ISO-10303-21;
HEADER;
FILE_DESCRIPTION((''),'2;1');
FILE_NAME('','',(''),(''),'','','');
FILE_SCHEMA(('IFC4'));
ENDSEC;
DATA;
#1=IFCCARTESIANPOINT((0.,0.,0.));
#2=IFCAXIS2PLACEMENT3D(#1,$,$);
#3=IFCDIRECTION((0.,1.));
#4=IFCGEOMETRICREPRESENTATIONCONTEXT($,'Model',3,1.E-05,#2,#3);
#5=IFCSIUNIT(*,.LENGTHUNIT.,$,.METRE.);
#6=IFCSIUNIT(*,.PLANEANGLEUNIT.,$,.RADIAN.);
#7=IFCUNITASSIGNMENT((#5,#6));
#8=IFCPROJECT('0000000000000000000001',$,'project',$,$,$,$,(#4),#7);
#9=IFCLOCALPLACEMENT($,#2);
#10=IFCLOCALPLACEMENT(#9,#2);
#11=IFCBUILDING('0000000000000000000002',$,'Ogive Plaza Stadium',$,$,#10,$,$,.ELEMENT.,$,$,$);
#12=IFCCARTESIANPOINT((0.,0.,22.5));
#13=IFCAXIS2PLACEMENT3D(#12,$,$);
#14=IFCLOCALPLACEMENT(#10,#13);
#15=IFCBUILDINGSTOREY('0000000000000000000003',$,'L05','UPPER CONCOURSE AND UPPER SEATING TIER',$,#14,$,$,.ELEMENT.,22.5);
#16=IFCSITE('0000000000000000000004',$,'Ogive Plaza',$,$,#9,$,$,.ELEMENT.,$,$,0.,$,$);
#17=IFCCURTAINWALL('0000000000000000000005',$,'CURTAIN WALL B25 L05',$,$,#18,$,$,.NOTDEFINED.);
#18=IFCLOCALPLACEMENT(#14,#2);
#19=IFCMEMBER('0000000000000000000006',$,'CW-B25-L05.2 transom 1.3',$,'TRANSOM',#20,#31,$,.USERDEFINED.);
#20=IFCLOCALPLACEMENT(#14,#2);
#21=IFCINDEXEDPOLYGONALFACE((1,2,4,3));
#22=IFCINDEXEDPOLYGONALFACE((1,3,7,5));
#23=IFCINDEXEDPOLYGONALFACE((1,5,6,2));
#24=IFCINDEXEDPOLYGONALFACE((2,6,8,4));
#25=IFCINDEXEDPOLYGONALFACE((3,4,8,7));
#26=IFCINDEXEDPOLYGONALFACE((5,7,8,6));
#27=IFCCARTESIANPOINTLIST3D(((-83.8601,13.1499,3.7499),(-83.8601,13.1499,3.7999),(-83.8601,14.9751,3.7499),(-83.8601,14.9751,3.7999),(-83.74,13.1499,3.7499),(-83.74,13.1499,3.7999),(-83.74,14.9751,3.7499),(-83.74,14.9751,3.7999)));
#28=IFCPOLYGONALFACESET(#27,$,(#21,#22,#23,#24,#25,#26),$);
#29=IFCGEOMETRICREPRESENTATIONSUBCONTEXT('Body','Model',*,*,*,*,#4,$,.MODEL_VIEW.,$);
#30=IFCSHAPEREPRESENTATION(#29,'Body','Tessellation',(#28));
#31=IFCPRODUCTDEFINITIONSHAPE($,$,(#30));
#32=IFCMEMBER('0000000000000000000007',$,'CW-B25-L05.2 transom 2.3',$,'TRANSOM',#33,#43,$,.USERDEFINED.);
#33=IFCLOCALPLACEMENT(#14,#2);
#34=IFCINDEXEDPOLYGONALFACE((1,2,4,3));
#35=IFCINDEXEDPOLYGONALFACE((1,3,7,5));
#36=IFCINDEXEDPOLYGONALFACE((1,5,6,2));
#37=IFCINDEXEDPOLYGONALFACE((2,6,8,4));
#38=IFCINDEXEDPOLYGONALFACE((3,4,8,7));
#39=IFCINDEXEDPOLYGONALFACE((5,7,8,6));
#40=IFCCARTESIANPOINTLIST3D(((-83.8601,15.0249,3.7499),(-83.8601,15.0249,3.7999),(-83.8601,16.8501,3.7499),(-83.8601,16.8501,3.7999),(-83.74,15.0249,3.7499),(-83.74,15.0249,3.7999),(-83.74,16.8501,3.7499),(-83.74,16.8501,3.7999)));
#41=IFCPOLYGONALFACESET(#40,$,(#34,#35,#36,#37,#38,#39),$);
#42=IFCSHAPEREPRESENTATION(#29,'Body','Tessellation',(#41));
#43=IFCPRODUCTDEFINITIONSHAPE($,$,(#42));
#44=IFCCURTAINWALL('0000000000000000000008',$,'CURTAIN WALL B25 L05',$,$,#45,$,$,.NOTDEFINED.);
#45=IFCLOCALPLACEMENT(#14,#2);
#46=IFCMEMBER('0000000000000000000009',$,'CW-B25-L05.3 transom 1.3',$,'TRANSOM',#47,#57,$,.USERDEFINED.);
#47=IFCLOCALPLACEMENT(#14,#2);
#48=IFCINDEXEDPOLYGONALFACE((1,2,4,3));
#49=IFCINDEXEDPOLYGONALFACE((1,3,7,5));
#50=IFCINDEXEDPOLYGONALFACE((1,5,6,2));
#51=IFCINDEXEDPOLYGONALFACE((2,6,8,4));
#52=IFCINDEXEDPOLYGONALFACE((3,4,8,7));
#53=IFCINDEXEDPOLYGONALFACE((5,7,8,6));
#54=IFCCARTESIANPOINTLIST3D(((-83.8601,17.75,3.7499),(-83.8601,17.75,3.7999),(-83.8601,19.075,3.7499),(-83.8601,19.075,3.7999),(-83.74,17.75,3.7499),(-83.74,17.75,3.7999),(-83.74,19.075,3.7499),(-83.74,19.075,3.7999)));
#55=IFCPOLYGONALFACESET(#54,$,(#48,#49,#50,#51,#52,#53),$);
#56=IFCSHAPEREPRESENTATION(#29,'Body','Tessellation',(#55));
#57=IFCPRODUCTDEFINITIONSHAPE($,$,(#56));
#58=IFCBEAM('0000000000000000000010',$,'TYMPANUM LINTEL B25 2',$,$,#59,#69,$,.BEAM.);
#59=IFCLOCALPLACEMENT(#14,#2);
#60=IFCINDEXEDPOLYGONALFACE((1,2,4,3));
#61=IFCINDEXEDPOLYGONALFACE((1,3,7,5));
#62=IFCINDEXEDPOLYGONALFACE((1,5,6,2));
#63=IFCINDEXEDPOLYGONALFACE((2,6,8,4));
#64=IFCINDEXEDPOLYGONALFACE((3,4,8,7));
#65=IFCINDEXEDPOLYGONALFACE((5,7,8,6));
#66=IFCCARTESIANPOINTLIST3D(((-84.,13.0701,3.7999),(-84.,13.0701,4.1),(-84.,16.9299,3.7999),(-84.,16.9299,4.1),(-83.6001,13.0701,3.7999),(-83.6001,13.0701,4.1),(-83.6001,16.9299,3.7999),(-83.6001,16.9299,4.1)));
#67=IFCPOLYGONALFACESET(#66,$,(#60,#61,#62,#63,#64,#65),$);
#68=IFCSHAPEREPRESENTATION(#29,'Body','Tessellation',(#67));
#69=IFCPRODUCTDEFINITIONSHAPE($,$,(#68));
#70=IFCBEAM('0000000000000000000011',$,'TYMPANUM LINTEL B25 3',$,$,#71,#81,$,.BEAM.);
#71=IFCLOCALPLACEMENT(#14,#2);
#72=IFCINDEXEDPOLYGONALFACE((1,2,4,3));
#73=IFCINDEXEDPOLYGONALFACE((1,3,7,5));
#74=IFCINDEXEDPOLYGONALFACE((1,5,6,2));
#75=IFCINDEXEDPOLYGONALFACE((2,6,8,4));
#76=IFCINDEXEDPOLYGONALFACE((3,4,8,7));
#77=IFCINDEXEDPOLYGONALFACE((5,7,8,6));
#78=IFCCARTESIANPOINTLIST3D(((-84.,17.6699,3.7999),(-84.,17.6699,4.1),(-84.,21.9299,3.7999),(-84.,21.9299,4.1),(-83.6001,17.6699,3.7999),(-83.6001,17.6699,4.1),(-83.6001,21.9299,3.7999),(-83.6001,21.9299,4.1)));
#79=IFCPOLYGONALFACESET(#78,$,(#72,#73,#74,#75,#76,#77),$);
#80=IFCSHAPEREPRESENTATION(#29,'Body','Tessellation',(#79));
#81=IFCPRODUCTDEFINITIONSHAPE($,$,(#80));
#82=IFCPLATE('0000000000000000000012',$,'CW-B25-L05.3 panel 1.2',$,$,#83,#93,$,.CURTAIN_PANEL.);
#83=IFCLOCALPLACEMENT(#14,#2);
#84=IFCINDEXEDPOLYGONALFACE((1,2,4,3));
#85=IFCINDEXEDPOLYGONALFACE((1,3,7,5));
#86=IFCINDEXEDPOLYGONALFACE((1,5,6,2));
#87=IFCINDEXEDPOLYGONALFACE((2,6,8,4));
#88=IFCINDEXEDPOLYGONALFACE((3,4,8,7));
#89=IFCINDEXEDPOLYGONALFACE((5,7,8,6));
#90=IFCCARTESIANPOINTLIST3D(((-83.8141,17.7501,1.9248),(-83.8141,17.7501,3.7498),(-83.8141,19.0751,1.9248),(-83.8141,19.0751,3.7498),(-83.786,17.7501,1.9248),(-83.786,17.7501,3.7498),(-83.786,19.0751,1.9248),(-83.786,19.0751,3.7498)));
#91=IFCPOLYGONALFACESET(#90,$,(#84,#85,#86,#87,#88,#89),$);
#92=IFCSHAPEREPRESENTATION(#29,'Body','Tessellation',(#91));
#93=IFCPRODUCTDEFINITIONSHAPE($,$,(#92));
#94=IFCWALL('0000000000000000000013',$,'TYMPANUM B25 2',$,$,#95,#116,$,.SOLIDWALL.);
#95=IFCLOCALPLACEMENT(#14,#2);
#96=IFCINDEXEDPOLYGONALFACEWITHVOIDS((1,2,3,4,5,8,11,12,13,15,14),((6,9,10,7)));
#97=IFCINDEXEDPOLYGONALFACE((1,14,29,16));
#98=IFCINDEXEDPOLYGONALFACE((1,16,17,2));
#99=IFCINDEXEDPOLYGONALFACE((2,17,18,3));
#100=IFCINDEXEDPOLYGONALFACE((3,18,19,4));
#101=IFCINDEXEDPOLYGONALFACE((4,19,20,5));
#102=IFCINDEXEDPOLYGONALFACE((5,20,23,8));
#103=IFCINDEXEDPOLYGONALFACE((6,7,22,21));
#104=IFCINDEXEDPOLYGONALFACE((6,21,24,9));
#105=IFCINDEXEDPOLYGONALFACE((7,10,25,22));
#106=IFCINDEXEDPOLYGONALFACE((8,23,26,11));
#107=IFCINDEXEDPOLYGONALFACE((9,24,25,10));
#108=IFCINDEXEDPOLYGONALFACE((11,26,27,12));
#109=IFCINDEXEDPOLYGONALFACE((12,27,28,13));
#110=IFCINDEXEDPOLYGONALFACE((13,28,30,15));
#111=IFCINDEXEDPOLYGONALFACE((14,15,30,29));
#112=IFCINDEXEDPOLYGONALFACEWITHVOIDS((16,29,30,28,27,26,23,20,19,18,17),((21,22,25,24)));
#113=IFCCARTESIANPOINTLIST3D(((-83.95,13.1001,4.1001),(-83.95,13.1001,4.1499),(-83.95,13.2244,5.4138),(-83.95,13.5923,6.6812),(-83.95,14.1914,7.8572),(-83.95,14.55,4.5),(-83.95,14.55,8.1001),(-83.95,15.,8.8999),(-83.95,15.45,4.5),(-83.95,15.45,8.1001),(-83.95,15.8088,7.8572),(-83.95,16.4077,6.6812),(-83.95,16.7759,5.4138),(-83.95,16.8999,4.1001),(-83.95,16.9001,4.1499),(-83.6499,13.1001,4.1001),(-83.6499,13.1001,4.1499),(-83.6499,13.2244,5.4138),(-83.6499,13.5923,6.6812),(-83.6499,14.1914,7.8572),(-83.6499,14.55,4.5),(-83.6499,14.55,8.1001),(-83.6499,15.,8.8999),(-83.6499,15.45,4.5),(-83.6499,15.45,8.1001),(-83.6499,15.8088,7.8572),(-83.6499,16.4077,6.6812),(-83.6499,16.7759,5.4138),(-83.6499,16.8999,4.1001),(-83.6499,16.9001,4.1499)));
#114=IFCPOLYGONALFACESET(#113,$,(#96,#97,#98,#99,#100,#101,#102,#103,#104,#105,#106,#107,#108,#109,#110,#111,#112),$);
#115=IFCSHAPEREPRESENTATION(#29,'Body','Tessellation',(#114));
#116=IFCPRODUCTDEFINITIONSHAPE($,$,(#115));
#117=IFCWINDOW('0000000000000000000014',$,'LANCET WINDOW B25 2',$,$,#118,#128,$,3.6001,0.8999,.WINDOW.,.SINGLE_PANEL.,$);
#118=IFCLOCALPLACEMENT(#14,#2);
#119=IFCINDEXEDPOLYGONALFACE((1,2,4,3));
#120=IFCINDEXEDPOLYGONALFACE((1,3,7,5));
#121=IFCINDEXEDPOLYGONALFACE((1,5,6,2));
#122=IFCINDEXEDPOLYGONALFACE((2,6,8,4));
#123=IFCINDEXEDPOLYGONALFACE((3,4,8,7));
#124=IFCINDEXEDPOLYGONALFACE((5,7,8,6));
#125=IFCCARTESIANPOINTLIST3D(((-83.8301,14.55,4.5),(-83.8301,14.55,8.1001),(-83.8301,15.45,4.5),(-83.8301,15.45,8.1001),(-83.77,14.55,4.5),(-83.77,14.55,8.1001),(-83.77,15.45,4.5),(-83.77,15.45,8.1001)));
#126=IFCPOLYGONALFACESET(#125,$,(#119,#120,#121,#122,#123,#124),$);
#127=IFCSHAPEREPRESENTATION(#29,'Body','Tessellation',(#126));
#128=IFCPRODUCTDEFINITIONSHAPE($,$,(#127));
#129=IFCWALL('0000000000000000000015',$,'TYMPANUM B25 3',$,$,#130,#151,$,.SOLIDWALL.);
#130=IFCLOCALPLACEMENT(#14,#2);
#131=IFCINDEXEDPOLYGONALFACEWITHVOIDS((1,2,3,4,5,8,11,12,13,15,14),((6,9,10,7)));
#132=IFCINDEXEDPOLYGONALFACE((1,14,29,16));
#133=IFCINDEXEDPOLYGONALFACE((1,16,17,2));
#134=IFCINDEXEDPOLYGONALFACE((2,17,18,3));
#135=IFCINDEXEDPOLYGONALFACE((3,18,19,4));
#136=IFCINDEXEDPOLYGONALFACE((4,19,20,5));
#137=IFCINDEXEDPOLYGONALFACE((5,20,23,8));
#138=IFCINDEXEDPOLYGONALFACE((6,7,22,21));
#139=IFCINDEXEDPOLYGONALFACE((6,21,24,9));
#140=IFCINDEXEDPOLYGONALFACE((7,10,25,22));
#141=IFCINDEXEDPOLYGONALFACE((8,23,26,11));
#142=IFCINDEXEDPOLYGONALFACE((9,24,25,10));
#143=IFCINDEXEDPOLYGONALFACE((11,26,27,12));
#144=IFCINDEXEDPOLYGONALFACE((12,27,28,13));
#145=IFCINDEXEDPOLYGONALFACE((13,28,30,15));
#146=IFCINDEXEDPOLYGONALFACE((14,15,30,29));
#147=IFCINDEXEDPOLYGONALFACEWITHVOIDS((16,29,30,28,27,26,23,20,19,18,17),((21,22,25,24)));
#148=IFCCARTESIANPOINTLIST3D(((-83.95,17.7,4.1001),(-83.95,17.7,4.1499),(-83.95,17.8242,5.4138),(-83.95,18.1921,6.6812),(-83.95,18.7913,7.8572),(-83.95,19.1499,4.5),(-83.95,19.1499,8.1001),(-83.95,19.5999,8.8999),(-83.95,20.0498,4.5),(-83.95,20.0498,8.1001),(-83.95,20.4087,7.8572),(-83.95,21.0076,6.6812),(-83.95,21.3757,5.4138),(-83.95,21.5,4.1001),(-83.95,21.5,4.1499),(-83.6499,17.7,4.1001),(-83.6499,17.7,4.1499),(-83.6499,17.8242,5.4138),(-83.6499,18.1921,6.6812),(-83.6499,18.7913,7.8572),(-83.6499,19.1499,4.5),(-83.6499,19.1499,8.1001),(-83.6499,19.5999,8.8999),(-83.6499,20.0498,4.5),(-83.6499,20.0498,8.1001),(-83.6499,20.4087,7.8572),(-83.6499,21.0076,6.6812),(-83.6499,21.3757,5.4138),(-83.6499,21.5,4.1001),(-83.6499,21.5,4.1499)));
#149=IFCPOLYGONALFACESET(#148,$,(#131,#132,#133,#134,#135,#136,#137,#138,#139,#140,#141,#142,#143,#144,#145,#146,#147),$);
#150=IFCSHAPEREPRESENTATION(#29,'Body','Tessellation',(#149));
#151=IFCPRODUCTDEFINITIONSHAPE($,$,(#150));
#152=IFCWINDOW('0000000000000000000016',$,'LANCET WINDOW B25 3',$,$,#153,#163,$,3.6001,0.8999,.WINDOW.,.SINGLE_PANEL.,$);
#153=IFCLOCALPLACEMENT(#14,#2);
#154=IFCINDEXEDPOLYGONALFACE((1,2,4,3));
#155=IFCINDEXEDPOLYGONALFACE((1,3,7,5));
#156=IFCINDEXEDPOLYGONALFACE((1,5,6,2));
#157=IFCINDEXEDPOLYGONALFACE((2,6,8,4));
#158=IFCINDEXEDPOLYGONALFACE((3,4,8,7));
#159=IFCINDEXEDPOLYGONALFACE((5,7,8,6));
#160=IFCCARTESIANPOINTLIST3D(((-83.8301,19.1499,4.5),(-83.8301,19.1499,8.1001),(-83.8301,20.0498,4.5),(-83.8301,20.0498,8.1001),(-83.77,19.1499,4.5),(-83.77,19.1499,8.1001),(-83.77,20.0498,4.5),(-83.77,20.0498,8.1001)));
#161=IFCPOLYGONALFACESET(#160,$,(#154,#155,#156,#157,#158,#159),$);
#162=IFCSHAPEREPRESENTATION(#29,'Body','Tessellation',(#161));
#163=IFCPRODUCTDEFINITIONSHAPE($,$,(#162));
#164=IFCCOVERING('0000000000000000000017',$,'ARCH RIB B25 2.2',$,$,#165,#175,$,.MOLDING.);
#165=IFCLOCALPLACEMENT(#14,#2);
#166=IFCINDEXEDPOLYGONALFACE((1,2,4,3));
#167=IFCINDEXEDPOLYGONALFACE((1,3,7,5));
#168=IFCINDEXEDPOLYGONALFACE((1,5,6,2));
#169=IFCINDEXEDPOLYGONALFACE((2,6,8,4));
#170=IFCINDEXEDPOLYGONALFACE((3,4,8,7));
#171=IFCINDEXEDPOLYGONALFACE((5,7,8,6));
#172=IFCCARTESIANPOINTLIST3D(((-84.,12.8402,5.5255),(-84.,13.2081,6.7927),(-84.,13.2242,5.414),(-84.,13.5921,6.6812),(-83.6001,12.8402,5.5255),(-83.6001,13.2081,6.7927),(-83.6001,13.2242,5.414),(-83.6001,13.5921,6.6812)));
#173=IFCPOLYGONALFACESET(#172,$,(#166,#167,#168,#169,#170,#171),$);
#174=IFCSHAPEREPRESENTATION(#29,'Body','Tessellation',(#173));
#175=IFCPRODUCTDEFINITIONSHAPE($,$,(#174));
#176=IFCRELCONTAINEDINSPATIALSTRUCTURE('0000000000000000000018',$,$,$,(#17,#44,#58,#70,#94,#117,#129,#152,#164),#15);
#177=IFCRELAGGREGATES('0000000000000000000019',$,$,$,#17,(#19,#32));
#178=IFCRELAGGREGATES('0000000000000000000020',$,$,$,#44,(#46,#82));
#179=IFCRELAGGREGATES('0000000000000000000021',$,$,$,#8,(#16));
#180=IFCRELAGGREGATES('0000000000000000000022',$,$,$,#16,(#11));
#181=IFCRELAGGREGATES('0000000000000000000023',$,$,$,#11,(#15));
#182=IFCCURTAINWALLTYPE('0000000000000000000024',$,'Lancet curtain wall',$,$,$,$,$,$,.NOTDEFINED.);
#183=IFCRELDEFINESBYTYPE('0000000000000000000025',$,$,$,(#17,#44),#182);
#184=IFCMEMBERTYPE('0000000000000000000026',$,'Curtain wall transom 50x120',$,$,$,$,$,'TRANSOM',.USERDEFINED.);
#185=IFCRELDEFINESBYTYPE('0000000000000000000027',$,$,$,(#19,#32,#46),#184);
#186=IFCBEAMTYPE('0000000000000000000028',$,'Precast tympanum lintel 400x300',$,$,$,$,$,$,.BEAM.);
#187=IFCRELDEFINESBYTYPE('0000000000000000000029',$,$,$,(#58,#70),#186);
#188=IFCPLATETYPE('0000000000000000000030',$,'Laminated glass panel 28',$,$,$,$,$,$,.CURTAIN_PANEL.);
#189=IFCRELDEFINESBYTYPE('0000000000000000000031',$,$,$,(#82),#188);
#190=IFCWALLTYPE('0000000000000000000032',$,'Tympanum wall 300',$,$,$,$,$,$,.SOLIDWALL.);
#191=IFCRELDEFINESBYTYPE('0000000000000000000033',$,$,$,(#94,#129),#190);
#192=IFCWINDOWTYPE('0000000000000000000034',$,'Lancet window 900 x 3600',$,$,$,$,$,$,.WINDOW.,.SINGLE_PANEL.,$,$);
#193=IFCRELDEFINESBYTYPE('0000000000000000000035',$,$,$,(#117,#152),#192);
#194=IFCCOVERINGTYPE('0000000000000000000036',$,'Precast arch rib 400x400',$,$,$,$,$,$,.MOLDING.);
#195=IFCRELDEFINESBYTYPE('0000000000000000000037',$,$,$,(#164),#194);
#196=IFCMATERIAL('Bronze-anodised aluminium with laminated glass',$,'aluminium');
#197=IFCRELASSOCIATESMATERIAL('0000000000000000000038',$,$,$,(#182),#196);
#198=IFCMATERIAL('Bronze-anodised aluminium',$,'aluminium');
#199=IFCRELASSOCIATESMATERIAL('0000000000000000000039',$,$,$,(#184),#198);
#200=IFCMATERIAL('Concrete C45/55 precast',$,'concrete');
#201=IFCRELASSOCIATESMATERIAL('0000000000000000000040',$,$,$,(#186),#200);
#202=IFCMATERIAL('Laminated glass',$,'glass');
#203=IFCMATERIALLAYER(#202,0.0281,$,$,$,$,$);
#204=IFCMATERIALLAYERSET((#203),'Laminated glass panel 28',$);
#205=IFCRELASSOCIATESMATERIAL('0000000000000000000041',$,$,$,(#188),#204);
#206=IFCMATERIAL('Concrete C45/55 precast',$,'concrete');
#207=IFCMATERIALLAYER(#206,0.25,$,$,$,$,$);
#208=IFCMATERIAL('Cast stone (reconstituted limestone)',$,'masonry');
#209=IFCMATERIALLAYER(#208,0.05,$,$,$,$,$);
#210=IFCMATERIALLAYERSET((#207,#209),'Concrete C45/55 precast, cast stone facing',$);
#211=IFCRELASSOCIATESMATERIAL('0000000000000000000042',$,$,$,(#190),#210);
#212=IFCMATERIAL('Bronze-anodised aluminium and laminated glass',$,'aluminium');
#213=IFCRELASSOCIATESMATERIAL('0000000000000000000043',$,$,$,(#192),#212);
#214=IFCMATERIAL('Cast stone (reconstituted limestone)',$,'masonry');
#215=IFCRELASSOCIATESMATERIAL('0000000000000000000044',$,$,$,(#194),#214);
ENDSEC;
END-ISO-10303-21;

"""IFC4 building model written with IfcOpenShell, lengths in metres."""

from ifc_helpers import new_model, si_unit, direction, frame, frame_2d, origin, origin_2d, place, context, subcontext, project, spatial, polyline, rectangle, outline, extrude, material, layer, layer_set, material_profile, profile_set, type_object, element, fill, aggregate, save


model = new_model("IFC4")

# Units and contexts
model_context = context("Model", 3, precision=1e-05, world=origin(), true_north=direction((0.0, 1.0)))
body_context = subcontext(model_context, "Body", "Model", "MODEL_VIEW")
ifc_project = project(units=[si_unit("LENGTHUNIT", "METRE"), si_unit("PLANEANGLEUNIT", "RADIAN")], contexts=[model_context])

# Site, building, storey
site_placement = place(None, origin())
site = spatial("IfcSite", under=ifc_project, at=site_placement, Name="Ogive Plaza", CompositionType="ELEMENT", RefElevation=0.0)
building_placement = place(site_placement, origin())
building = spatial("IfcBuilding", under=site, at=building_placement, Name="Ogive Plaza Stadium", CompositionType="ELEMENT")
storey_placement = place(building_placement, frame((0.0, 0.0, 22.5)))
storey = spatial("IfcBuildingStorey", under=building, at=storey_placement, Name="L05", Description="UPPER CONCOURSE AND UPPER SEATING TIER", CompositionType="ELEMENT", Elevation=22.5)

# Curtain wall, members
ifc_material_1 = material(Name="Bronze-anodised aluminium with laminated glass", Category="aluminium")
curtain_wall_type = type_object("IfcCurtainWallType", Name="Lancet curtain wall", PredefinedType="NOTDEFINED", material=ifc_material_1)
curtain_wall_1_placement = place(storey_placement, origin())
curtain_wall_1 = element("IfcCurtainWall", 1, at=curtain_wall_1_placement, inside=storey, type_object=curtain_wall_type, Name="CURTAIN WALL B25 L05", PredefinedType="NOTDEFINED")
ifc_material_2 = material(Name="Bronze-anodised aluminium", Category="aluminium")
ifc_material_profile_1 = material_profile(ifc_material_2, rectangle(XDim=0.1201, YDim=0.05, at=origin_2d()), Name="AL 120x50")
ifc_profile_set_1 = profile_set([ifc_material_profile_1], Name="Bronze-anodised aluminium")
member_type = type_object("IfcMemberType", Name="Curtain wall transom 50x120", ElementType="TRANSOM", PredefinedType="USERDEFINED", material=ifc_profile_set_1)
member_1_placement = place(storey_placement, frame((-83.8, 13.1499, 3.7749), z_axis=(0.0, 1.0, 0.0), x_axis=(-1.0, 0.0, 0.0)))
member_1 = element("IfcMember", 2, at=member_1_placement, type_object=member_type, Name="CW-B25-L05.2 transom 1.3", ObjectType="TRANSOM", PredefinedType="USERDEFINED", context=body_context, shape_type="SweptSolid", body=[
    extrude(rectangle(XDim=0.1201, YDim=0.05, at=origin_2d()), origin(), (0.0, 0.0, 1.0), 1.8252),
])
member_2_placement = place(storey_placement, frame((-83.8, 15.0249, 3.7749), z_axis=(0.0, 1.0, 0.0), x_axis=(-1.0, 0.0, 0.0)))
member_2 = element("IfcMember", 3, at=member_2_placement, type_object=member_type, Name="CW-B25-L05.2 transom 2.3", ObjectType="TRANSOM", PredefinedType="USERDEFINED", context=body_context, shape_type="SweptSolid", body=[
    extrude(rectangle(XDim=0.1201, YDim=0.05, at=origin_2d()), origin(), (0.0, 0.0, 1.0), 1.8252),
])
aggregate(curtain_wall_1, [member_1, member_2])

# Curtain wall, member
curtain_wall_2_placement = place(storey_placement, origin())
curtain_wall_2 = element("IfcCurtainWall", 4, at=curtain_wall_2_placement, inside=storey, type_object=curtain_wall_type, Name="CURTAIN WALL B25 L05", PredefinedType="NOTDEFINED")
member_3_placement = place(storey_placement, frame((-83.8, 17.75, 3.7749), z_axis=(0.0, 1.0, 0.0), x_axis=(-1.0, 0.0, 0.0)))
member_3 = element("IfcMember", 5, at=member_3_placement, type_object=member_type, Name="CW-B25-L05.3 transom 1.3", ObjectType="TRANSOM", PredefinedType="USERDEFINED", context=body_context, shape_type="SweptSolid", body=[
    extrude(rectangle(XDim=0.1201, YDim=0.05, at=origin_2d()), origin(), (0.0, 0.0, 1.0), 1.325),
])

# Beams
ifc_material_3 = material(Name="Concrete C45/55 precast", Category="concrete")
ifc_material_profile_2 = material_profile(ifc_material_3, rectangle(XDim=0.3999, YDim=0.3, at=origin_2d()), Name="RC 400x300")
ifc_profile_set_2 = profile_set([ifc_material_profile_2], Name="Concrete C45/55 precast")
beam_type = type_object("IfcBeamType", Name="Precast tympanum lintel 400x300", PredefinedType="BEAM", material=ifc_profile_set_2)
beam_1_placement = place(storey_placement, frame((-83.8, 13.0701, 3.95), z_axis=(0.0, 1.0, 0.0), x_axis=(-1.0, 0.0, 0.0)))
element("IfcBeam", 6, at=beam_1_placement, inside=storey, type_object=beam_type, Name="TYMPANUM LINTEL B25 2", PredefinedType="BEAM", context=body_context, shape_type="SweptSolid", body=[
    extrude(rectangle(XDim=0.3999, YDim=0.3, at=origin_2d()), origin(), (0.0, 0.0, 1.0), 3.8599),
])
beam_2_placement = place(storey_placement, frame((-83.8, 17.6699, 3.95), z_axis=(0.0, 1.0, 0.0), x_axis=(-1.0, 0.0, 0.0)))
element("IfcBeam", 7, at=beam_2_placement, inside=storey, type_object=beam_type, Name="TYMPANUM LINTEL B25 3", PredefinedType="BEAM", context=body_context, shape_type="SweptSolid", body=[
    extrude(rectangle(XDim=0.3999, YDim=0.3, at=origin_2d()), origin(), (0.0, 0.0, 1.0), 4.26),
])

# Plate
ifc_material_4 = material(Name="Laminated glass", Category="glass")
ifc_layer_1 = layer(ifc_material_4, 0.0281)
ifc_layer_set_1 = layer_set([ifc_layer_1], Name="Laminated glass panel 28")
plate_type = type_object("IfcPlateType", Name="Laminated glass panel 28", PredefinedType="CURTAIN_PANEL", material=ifc_layer_set_1)
plate_placement = place(storey_placement, frame((-83.8, 18.4126, 1.9248), z_axis=(0.0, 0.0, 1.0), x_axis=(0.0, 1.0, 0.0)))
plate = element("IfcPlate", 8, at=plate_placement, type_object=plate_type, Name="CW-B25-L05.3 panel 1.2", PredefinedType="CURTAIN_PANEL", context=body_context, shape_type="SweptSolid", body=[
    extrude(rectangle(XDim=1.325, YDim=0.0281, at=origin_2d()), origin(), (0.0, 0.0, 1.0), 1.825),
])
aggregate(curtain_wall_2, [member_3, plate])

# Walls, openings, windows
ifc_material_5 = material(Name="Concrete C45/55 precast", Category="concrete")
ifc_layer_2 = layer(ifc_material_5, 0.25)
ifc_material_6 = material(Name="Cast stone (reconstituted limestone)", Category="masonry")
ifc_layer_3 = layer(ifc_material_6, 0.05)
ifc_layer_set_2 = layer_set([ifc_layer_2, ifc_layer_3], Name="Concrete C45/55 precast, cast stone facing")
wall_type = type_object("IfcWallType", Name="Tympanum wall 300", PredefinedType="SOLIDWALL", material=ifc_layer_set_2)
wall_1_placement = place(storey_placement, frame((-83.8, 13.1001, 4.1001), z_axis=(0.0, 0.0, 1.0), x_axis=(0.0, 1.0, 0.0)))
wall_1 = element("IfcWall", 9, at=wall_1_placement, inside=storey, type_object=wall_type, Name="TYMPANUM B25 2", PredefinedType="SOLIDWALL", context=body_context, shape_type="SweptSolid", body=[
    extrude(outline(polyline([(0.0, 0.0), (3.7998, 0.0), (3.8, 0.0498), (3.6758, 1.3137), (3.3076, 2.5811), (2.7087, 3.7571), (1.8999, 4.7998), (1.0913, 3.7571), (0.4922, 2.5811), (0.1243, 1.3137), (0.0, 0.0498), (0.0, 0.0)])), frame((0.0, 0.1499, 0.0), z_axis=(0.0, -1.0, 0.0), x_axis=(1.0, 0.0, 0.0)), (0.0, 0.0, 1.0), 0.3),
])
opening_1_placement = place(wall_1_placement, frame((1.45, 0.0, 0.3999)))
opening_1 = element("IfcOpeningElement", 10, at=opening_1_placement, cuts=wall_1, PredefinedType="OPENING", context=body_context, shape_type="SweptSolid", body=[
    extrude(rectangle(XDim=0.8999, YDim=3.6001, at=frame_2d((0.45, 1.8))), frame((0.0, 0.1602, 0.0), z_axis=(0.0, -1.0, 0.0), x_axis=(1.0, 0.0, 0.0)), (0.0, 0.0, 1.0), 0.3201),
])
ifc_material_7 = material(Name="Bronze-anodised aluminium and laminated glass", Category="aluminium")
window_type = type_object("IfcWindowType", Name="Lancet window 900 x 3600", PartitioningType="SINGLE_PANEL", PredefinedType="WINDOW", material=ifc_material_7)
window_1_placement = place(opening_1_placement, origin())
window_1 = element("IfcWindow", 11, at=window_1_placement, inside=storey, type_object=window_type, Name="LANCET WINDOW B25 2", OverallHeight=3.6001, OverallWidth=0.8999, PartitioningType="SINGLE_PANEL", PredefinedType="WINDOW", context=body_context, shape_type="SweptSolid", body=[
    extrude(rectangle(XDim=0.8999, YDim=3.6001, at=frame_2d((0.45, 1.8))), frame((0.0, 0.03, 0.0), z_axis=(0.0, -1.0, 0.0), x_axis=(1.0, 0.0, 0.0)), (0.0, 0.0, 1.0), 0.0601),
])
fill(opening_1, window_1)
wall_2_placement = place(storey_placement, frame((-83.8, 17.7, 4.1001), z_axis=(0.0, 0.0, 1.0), x_axis=(0.0, 1.0, 0.0)))
wall_2 = element("IfcWall", 12, at=wall_2_placement, inside=storey, type_object=wall_type, Name="TYMPANUM B25 3", PredefinedType="SOLIDWALL", context=body_context, shape_type="SweptSolid", body=[
    extrude(outline(polyline([(0.0, 0.0), (3.8, 0.0), (3.8, 0.0498), (3.6758, 1.3137), (3.3076, 2.5811), (2.7087, 3.7571), (1.8999, 4.7998), (1.0913, 3.7571), (0.4922, 2.5811), (0.1243, 1.3137), (0.0, 0.0498), (0.0, 0.0)])), frame((0.0, 0.1499, 0.0), z_axis=(0.0, -1.0, 0.0), x_axis=(1.0, 0.0, 0.0)), (0.0, 0.0, 1.0), 0.3),
])
opening_2_placement = place(wall_2_placement, frame((1.45, 0.0, 0.3999)))
opening_2 = element("IfcOpeningElement", 13, at=opening_2_placement, cuts=wall_2, PredefinedType="OPENING", context=body_context, shape_type="SweptSolid", body=[
    extrude(rectangle(XDim=0.8999, YDim=3.6001, at=frame_2d((0.45, 1.8))), frame((0.0, 0.1602, 0.0), z_axis=(0.0, -1.0, 0.0), x_axis=(1.0, 0.0, 0.0)), (0.0, 0.0, 1.0), 0.3201),
])
window_2_placement = place(opening_2_placement, origin())
window_2 = element("IfcWindow", 14, at=window_2_placement, inside=storey, type_object=window_type, Name="LANCET WINDOW B25 3", OverallHeight=3.6001, OverallWidth=0.8999, PartitioningType="SINGLE_PANEL", PredefinedType="WINDOW", context=body_context, shape_type="SweptSolid", body=[
    extrude(rectangle(XDim=0.8999, YDim=3.6001, at=frame_2d((0.45, 1.8))), frame((0.0, 0.03, 0.0), z_axis=(0.0, -1.0, 0.0), x_axis=(1.0, 0.0, 0.0)), (0.0, 0.0, 1.0), 0.0601),
])
fill(opening_2, window_2)

# Covering
ifc_material_8 = material(Name="Cast stone (reconstituted limestone)", Category="masonry")
ifc_material_profile_3 = material_profile(ifc_material_8, rectangle(XDim=0.3999, YDim=0.3999, at=origin_2d()), Name="Cast stone 400x400")
ifc_profile_set_3 = profile_set([ifc_material_profile_3], Name="Cast stone (reconstituted limestone)")
covering_type = type_object("IfcCoveringType", Name="Precast arch rib 400x400", PredefinedType="MOLDING", material=ifc_profile_set_3)
covering_1_placement = place(storey_placement, frame((-83.8, 13.0322, 5.4697), z_axis=(0.0, 0.278799, 0.960349), x_axis=(-1.0, 0.0, 0.0)))
element("IfcCovering", 15, at=covering_1_placement, inside=storey, type_object=covering_type, Name="ARCH RIB B25 2.2", PredefinedType="MOLDING", context=body_context, shape_type="SweptSolid", body=[
    extrude(rectangle(XDim=0.3999, YDim=0.3999, at=origin_2d()), origin(), (0.0, 0.0, 1.0), 1.3196),
])

save(model, "model.ifc")
